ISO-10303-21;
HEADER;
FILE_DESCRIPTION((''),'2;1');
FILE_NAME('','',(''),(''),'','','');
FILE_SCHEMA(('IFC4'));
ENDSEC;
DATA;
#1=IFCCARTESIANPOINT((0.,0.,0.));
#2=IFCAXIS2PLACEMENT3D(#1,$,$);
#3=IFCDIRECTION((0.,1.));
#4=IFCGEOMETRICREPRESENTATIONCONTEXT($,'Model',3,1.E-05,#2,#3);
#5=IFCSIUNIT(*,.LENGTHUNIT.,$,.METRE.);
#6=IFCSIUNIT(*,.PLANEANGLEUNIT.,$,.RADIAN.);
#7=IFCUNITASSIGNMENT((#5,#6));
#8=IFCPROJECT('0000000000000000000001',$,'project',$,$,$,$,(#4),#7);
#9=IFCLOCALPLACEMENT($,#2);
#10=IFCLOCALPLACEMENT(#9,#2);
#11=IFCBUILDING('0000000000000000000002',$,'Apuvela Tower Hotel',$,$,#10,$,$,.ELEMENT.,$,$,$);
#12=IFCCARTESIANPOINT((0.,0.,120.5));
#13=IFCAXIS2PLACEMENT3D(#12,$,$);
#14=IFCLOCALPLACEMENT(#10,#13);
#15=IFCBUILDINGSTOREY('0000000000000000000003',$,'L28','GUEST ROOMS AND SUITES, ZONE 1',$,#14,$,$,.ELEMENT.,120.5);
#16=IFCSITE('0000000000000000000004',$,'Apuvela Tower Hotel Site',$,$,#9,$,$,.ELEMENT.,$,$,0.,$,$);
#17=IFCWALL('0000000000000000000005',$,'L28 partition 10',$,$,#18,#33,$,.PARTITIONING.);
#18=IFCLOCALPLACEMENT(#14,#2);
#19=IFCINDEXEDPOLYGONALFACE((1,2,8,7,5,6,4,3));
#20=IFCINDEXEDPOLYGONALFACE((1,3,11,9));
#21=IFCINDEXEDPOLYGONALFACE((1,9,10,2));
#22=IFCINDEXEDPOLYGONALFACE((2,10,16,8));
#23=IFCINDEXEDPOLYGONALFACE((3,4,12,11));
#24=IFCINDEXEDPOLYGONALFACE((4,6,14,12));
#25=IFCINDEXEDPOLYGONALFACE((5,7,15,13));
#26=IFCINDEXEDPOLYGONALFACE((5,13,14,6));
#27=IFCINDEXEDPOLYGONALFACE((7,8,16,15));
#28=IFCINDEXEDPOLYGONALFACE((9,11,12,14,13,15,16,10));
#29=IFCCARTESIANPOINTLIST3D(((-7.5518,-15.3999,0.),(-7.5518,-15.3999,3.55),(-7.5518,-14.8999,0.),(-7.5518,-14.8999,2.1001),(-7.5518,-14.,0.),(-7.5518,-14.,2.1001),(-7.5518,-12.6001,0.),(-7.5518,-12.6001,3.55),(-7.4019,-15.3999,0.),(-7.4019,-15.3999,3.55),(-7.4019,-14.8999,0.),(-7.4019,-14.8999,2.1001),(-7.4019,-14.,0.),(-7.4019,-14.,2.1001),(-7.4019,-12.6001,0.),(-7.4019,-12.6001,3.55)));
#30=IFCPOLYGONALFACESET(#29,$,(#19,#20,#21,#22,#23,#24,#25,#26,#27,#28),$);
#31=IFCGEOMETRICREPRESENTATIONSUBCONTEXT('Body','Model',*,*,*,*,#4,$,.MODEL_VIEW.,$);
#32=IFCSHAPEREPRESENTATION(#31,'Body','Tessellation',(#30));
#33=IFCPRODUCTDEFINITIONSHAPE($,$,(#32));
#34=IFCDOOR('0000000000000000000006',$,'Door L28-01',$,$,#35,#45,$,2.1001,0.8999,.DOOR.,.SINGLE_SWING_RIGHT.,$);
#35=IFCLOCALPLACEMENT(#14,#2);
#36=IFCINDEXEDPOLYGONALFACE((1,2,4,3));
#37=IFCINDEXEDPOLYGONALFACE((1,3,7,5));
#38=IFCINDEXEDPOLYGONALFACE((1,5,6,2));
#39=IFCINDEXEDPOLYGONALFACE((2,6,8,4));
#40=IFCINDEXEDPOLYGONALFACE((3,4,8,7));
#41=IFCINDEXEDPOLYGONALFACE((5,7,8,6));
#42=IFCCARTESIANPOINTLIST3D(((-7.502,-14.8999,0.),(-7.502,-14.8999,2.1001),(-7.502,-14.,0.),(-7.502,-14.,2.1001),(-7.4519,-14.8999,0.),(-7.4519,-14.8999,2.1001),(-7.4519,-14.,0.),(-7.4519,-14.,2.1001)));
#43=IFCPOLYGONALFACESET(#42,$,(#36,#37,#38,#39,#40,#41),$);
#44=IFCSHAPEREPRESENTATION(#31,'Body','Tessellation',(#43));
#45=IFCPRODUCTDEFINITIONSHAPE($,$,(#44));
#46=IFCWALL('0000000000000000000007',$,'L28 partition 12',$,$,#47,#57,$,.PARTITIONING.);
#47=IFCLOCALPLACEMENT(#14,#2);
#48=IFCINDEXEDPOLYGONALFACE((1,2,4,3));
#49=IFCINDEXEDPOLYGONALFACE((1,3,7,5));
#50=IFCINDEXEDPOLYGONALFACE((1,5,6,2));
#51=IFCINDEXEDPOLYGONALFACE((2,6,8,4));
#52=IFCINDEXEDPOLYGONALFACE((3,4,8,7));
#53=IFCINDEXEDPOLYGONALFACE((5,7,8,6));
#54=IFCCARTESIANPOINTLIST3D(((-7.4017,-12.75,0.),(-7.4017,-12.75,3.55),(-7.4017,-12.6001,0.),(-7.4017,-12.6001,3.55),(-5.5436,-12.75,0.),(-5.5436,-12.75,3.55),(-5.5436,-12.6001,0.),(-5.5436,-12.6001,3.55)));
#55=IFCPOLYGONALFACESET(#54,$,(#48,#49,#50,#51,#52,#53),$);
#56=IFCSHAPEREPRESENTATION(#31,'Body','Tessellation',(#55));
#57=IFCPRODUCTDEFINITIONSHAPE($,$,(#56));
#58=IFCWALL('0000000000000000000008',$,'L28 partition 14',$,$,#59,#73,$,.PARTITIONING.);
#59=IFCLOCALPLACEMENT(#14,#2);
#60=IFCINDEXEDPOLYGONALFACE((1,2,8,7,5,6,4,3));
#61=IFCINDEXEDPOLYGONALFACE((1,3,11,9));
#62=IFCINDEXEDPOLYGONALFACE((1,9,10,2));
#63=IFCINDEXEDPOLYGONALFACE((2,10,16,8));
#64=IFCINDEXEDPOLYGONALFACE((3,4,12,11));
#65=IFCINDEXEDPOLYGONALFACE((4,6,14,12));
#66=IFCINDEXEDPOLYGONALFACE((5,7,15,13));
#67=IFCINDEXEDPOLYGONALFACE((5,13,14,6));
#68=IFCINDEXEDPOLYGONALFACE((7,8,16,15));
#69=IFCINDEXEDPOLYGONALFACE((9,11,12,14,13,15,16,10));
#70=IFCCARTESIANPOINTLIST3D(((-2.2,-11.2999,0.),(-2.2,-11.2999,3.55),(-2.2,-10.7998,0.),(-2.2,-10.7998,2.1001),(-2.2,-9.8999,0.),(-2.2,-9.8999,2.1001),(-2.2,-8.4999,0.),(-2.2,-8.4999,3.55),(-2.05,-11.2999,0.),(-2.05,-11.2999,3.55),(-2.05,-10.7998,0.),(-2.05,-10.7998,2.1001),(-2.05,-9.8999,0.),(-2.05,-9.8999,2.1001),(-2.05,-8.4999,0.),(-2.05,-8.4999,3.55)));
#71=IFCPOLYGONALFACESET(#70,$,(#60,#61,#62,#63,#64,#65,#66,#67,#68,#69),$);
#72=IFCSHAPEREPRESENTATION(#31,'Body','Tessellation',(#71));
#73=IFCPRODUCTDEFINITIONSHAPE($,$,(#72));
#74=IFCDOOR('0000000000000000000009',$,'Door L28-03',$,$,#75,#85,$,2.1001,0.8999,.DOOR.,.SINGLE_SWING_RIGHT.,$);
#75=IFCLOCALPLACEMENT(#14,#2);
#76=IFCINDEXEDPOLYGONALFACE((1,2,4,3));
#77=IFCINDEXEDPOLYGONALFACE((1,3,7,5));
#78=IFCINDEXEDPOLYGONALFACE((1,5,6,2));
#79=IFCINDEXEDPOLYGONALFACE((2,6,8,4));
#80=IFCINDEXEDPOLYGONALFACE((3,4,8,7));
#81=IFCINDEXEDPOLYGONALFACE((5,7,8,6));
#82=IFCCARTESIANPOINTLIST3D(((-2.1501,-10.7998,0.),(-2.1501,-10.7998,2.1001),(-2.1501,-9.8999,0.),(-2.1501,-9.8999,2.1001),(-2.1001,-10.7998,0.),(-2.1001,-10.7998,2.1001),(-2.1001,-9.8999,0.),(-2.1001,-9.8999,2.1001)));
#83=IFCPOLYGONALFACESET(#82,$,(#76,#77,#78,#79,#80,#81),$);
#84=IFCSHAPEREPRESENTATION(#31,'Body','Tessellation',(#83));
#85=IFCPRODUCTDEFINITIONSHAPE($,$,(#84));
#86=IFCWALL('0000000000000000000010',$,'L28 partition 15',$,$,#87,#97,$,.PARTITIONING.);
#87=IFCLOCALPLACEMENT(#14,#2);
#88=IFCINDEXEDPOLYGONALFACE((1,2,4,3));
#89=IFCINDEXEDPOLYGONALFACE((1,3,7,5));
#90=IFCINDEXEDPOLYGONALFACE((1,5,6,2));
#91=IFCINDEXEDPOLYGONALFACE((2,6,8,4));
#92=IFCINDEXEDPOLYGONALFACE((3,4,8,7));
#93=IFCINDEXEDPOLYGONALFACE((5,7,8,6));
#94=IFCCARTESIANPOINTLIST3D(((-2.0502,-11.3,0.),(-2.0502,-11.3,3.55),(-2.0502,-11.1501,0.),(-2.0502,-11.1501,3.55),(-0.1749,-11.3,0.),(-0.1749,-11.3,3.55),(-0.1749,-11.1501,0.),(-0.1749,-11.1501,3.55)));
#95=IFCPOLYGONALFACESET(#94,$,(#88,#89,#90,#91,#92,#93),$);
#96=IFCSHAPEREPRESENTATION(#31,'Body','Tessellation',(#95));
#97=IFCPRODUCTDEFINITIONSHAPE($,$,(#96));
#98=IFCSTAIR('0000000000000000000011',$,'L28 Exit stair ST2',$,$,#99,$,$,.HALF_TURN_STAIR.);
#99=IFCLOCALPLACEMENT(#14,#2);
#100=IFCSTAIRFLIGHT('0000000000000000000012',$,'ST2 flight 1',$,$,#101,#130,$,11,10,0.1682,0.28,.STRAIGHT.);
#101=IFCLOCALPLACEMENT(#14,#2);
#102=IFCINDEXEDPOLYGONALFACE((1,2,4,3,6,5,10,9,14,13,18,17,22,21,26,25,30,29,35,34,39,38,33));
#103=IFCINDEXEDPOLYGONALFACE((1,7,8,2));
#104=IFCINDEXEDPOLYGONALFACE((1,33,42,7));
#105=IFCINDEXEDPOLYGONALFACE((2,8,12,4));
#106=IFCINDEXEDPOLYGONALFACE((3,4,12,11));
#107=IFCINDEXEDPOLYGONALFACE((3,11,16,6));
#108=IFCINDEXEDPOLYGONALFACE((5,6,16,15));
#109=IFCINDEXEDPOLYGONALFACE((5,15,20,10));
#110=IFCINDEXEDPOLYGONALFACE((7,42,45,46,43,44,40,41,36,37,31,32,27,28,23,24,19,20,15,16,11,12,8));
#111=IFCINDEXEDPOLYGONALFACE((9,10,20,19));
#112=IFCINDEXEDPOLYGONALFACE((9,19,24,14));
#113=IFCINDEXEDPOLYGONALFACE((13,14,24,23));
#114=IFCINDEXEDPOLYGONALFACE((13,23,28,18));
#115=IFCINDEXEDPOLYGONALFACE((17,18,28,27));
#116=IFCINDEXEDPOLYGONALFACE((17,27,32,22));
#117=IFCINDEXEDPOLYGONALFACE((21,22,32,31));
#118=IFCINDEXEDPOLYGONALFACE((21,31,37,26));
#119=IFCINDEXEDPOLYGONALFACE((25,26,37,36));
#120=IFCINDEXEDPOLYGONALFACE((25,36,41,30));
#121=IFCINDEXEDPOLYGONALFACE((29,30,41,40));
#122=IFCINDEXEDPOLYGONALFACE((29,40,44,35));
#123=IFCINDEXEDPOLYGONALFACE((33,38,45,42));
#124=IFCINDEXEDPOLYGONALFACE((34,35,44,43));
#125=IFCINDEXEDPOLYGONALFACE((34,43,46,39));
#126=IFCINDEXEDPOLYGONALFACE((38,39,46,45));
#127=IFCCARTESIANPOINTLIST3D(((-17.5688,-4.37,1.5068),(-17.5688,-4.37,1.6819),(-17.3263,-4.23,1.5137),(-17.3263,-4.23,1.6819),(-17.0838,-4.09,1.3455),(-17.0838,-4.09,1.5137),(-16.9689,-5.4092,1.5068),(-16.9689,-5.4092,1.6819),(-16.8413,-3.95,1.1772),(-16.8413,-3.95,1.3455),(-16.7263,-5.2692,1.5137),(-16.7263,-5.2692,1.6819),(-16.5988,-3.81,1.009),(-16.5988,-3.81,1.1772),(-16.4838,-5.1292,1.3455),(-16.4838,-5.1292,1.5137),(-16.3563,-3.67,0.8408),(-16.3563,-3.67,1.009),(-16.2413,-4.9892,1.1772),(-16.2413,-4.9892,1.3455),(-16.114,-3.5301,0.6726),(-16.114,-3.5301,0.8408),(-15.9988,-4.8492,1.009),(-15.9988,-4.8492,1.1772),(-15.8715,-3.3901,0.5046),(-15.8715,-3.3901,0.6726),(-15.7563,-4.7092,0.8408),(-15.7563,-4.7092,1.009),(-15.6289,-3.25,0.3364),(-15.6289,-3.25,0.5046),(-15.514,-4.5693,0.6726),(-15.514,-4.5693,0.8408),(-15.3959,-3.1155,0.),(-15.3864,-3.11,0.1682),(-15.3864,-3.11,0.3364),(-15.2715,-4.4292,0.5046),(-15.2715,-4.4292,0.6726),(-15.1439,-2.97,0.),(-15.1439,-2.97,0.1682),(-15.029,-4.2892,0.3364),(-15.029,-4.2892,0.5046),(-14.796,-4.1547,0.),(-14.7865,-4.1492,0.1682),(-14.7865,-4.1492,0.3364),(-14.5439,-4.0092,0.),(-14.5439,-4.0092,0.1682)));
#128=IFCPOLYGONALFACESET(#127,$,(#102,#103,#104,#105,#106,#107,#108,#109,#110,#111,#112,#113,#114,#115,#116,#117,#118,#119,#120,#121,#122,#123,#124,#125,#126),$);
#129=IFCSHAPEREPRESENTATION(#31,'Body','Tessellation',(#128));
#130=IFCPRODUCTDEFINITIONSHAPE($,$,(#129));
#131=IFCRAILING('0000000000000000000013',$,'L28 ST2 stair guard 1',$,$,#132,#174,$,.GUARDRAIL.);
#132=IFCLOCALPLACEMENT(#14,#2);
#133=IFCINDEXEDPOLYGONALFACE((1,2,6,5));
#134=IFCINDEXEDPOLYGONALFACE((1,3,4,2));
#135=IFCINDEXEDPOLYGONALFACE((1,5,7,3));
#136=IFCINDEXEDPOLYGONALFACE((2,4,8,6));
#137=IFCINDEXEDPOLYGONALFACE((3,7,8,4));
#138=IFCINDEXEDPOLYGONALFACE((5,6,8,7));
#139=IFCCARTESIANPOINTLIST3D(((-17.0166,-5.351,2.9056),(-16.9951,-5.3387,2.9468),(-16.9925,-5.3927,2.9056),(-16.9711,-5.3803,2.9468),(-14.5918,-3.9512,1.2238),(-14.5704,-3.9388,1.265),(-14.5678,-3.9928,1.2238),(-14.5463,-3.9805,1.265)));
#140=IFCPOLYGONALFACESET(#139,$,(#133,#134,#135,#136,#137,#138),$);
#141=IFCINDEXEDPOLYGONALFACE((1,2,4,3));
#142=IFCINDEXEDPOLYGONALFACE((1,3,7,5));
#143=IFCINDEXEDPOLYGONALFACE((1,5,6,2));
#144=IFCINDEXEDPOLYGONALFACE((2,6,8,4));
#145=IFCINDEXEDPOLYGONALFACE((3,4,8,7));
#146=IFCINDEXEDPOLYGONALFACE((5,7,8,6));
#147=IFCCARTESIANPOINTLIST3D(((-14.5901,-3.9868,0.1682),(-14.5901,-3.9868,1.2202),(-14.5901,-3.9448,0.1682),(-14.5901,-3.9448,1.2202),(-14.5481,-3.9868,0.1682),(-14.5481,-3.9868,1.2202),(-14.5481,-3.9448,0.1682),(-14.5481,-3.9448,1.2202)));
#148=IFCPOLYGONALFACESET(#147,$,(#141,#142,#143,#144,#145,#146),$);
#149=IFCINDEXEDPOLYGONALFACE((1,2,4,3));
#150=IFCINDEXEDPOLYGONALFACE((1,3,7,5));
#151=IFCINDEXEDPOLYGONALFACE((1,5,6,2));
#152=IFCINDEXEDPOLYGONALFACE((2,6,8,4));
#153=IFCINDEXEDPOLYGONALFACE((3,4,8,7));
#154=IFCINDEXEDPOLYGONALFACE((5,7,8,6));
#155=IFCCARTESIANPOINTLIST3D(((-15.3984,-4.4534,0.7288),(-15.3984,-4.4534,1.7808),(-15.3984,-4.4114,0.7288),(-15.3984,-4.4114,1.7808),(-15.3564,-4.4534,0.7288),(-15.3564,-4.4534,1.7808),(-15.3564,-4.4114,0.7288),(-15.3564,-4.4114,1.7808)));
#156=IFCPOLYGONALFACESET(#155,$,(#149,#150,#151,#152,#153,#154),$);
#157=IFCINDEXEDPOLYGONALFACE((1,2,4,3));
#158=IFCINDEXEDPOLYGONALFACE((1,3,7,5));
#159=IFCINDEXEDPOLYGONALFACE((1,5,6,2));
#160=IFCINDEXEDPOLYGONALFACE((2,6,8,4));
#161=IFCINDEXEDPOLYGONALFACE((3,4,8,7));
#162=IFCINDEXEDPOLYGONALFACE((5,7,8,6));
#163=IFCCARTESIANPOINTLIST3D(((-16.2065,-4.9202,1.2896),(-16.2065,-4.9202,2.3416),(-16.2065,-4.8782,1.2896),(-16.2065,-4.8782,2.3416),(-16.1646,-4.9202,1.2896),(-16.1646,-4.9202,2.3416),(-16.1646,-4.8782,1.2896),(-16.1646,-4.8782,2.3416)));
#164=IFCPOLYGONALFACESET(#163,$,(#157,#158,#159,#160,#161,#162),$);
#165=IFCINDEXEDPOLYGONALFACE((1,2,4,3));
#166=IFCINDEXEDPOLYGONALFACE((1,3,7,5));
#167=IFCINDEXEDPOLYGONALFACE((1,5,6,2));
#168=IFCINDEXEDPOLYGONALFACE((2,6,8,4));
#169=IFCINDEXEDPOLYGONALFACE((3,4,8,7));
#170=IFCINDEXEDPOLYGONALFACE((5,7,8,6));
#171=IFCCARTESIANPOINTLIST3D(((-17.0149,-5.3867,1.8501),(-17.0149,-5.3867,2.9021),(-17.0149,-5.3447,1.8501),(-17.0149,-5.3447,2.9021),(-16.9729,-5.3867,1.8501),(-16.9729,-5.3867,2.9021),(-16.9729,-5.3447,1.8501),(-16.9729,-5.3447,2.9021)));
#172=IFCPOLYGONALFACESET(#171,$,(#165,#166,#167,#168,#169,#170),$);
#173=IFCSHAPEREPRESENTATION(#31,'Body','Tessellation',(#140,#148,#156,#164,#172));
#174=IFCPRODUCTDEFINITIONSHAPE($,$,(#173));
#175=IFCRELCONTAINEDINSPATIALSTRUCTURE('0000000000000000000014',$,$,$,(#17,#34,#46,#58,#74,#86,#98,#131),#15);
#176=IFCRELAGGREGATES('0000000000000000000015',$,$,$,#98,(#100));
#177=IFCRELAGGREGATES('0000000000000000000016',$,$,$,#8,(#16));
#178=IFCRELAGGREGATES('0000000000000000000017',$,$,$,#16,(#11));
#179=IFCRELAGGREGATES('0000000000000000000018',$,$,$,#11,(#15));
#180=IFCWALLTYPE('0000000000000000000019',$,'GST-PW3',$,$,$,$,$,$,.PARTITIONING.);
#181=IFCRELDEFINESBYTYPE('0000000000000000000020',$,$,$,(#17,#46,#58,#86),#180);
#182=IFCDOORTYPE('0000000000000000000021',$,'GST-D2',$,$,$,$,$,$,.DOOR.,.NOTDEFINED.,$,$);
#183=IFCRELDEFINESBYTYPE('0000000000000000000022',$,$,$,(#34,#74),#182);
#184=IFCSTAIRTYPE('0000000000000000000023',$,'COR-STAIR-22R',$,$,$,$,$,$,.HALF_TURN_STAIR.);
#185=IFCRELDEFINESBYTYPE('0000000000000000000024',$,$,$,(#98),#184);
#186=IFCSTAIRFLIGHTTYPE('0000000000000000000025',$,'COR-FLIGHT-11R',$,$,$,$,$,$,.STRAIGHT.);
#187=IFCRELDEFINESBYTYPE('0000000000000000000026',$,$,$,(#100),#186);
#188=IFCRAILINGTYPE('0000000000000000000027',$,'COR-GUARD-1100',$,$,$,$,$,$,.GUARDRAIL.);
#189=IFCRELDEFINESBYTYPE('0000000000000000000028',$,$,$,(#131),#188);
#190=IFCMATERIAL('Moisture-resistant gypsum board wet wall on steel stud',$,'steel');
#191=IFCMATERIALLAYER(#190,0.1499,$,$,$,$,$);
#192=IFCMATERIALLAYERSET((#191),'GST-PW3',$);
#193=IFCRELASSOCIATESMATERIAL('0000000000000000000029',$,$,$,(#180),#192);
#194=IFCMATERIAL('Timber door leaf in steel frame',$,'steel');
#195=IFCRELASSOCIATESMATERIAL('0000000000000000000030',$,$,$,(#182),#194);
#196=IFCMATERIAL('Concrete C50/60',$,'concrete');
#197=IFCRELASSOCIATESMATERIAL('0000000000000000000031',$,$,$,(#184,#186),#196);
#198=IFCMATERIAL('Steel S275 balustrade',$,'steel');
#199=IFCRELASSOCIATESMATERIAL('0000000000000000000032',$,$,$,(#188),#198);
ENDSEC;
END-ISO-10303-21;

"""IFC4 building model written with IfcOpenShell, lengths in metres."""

from ifc_helpers import new_model, si_unit, direction, frame, frame_2d, origin, origin_2d, place, context, subcontext, project, spatial, polyline, rectangle, outline, extrude, material, layer, layer_set, type_object, element, fill, aggregate, save


model = new_model("IFC4")

# Units and contexts
model_context = context("Model", 3, precision=1e-05, world=origin(), true_north=direction((0.0, 1.0)))
body_context = subcontext(model_context, "Body", "Model", "MODEL_VIEW")
ifc_project = project(units=[si_unit("LENGTHUNIT", "METRE"), si_unit("PLANEANGLEUNIT", "RADIAN")], contexts=[model_context])

# Site, building, storey
site_placement = place(None, origin())
site = spatial("IfcSite", under=ifc_project, at=site_placement, Name="Apuvela Tower Hotel Site", CompositionType="ELEMENT", RefElevation=0.0)
building_placement = place(site_placement, origin())
building = spatial("IfcBuilding", under=site, at=building_placement, Name="Apuvela Tower Hotel", CompositionType="ELEMENT")
storey_placement = place(building_placement, frame((0.0, 0.0, 120.5)))
storey = spatial("IfcBuildingStorey", under=building, at=storey_placement, Name="L28", Description="GUEST ROOMS AND SUITES, ZONE 1", CompositionType="ELEMENT", Elevation=120.5)

# Shared definitions
ifc_material_1 = material(Name="Concrete C50/60", Category="concrete")

# Wall, opening, door
ifc_material_2 = material(Name="Timber door leaf in steel frame", Category="steel")
ifc_material_3 = material(Name="Moisture-resistant gypsum board wet wall on steel stud", Category="steel")
ifc_layer_1 = layer(ifc_material_3, 0.1499)
ifc_layer_set_1 = layer_set([ifc_layer_1], Name="GST-PW3")
wall_type_1 = type_object("IfcWallType", Name="GST-PW3", PredefinedType="PARTITIONING", material=ifc_layer_set_1)
wall_1_placement = place(storey_placement, frame((-7.4768, -12.6001, 0.0), z_axis=(0.0, 0.0, 1.0), x_axis=(0.0, -1.0, 0.0)))
wall_1 = element("IfcWall", 1, at=wall_1_placement, inside=storey, type_object=wall_type_1, Name="L28 partition 10", PredefinedType="PARTITIONING", context=body_context, shape_type="SweptSolid", body=[
    extrude(rectangle(XDim=2.7998, YDim=0.1499, at=frame_2d((1.3999, 0.0))), origin(), (0.0, 0.0, 1.0), 3.55),
])
opening_1_placement = place(wall_1_placement, frame((1.3999, 0.0, 0.0)))
opening_1 = element("IfcOpeningElement", 2, at=opening_1_placement, cuts=wall_1, PredefinedType="OPENING", context=body_context, shape_type="SweptSolid", body=[
    extrude(rectangle(XDim=0.8999, YDim=2.1001, at=frame_2d((0.45, 1.05))), frame((0.0, 0.085, 0.0), z_axis=(0.0, -1.0, 0.0), x_axis=(1.0, 0.0, 0.0)), (0.0, 0.0, 1.0), 0.1699),
])
door_type_1 = type_object("IfcDoorType", Name="GST-D2", OperationType="NOTDEFINED", PredefinedType="DOOR", material=ifc_material_2)
door_1_placement = place(opening_1_placement, origin())
door_1 = element("IfcDoor", 3, at=door_1_placement, inside=storey, type_object=door_type_1, Name="Door L28-01", OperationType="SINGLE_SWING_RIGHT", OverallHeight=2.1001, OverallWidth=0.8999, PredefinedType="DOOR", context=body_context, shape_type="SweptSolid", body=[
    extrude(rectangle(XDim=0.8999, YDim=2.1001, at=frame_2d((0.45, 1.05))), frame((0.0, 0.0249, 0.0), z_axis=(0.0, -1.0, 0.0), x_axis=(1.0, 0.0, 0.0)), (0.0, 0.0, 1.0), 0.05),
])
fill(opening_1, door_1)

# Wall
wall_2_placement = place(storey_placement, frame((-7.4019, -12.675, 0.0), z_axis=(0.0, 0.0, 1.0), x_axis=(1.0, 0.0, 0.0)))
element("IfcWall", 4, at=wall_2_placement, inside=storey, type_object=wall_type_1, Name="L28 partition 12", PredefinedType="PARTITIONING", context=body_context, shape_type="SweptSolid", body=[
    extrude(rectangle(XDim=1.8582, YDim=0.1499, at=frame_2d((0.9292, 0.0))), origin(), (0.0, 0.0, 1.0), 3.55),
])

# Wall, opening, door
wall_3_placement = place(storey_placement, frame((-2.125, -8.5, 0.0), z_axis=(0.0, 0.0, 1.0), x_axis=(0.0, -1.0, 0.0)))
wall_3 = element("IfcWall", 5, at=wall_3_placement, inside=storey, type_object=wall_type_1, Name="L28 partition 14", PredefinedType="PARTITIONING", context=body_context, shape_type="SweptSolid", body=[
    extrude(rectangle(XDim=2.8, YDim=0.1499, at=frame_2d((1.3999, 0.0))), origin(), (0.0, 0.0, 1.0), 3.55),
])
opening_2_placement = place(wall_3_placement, frame((1.3999, 0.0, 0.0)))
opening_2 = element("IfcOpeningElement", 6, at=opening_2_placement, cuts=wall_3, PredefinedType="OPENING", context=body_context, shape_type="SweptSolid", body=[
    extrude(rectangle(XDim=0.8999, YDim=2.1001, at=frame_2d((0.45, 1.05))), frame((0.0, 0.085, 0.0), z_axis=(0.0, -1.0, 0.0), x_axis=(1.0, 0.0, 0.0)), (0.0, 0.0, 1.0), 0.1699),
])
door_2_placement = place(opening_2_placement, origin())
door_2 = element("IfcDoor", 7, at=door_2_placement, inside=storey, type_object=door_type_1, Name="Door L28-03", OperationType="SINGLE_SWING_RIGHT", OverallHeight=2.1001, OverallWidth=0.8999, PredefinedType="DOOR", context=body_context, shape_type="SweptSolid", body=[
    extrude(rectangle(XDim=0.8999, YDim=2.1001, at=frame_2d((0.45, 1.05))), frame((0.0, 0.0249, 0.0), z_axis=(0.0, -1.0, 0.0), x_axis=(1.0, 0.0, 0.0)), (0.0, 0.0, 1.0), 0.05),
])
fill(opening_2, door_2)

# Wall
wall_4_placement = place(storey_placement, frame((-2.05, -11.2251, 0.0), z_axis=(0.0, 0.0, 1.0), x_axis=(1.0, 0.0, 0.0)))
element("IfcWall", 8, at=wall_4_placement, inside=storey, type_object=wall_type_1, Name="L28 partition 15", PredefinedType="PARTITIONING", context=body_context, shape_type="SweptSolid", body=[
    extrude(rectangle(XDim=1.8752, YDim=0.1499, at=frame_2d((0.9375, 0.0))), origin(), (0.0, 0.0, 1.0), 3.55),
])

# Stair, stair flight
stair_type = type_object("IfcStairType", Name="COR-STAIR-22R", PredefinedType="HALF_TURN_STAIR", material=ifc_material_1)
stair_placement = place(storey_placement, origin())
stair = element("IfcStair", 9, at=stair_placement, inside=storey, type_object=stair_type, Name="L28 Exit stair ST2", PredefinedType="HALF_TURN_STAIR")
stair_flight_type = type_object("IfcStairFlightType", Name="COR-FLIGHT-11R", PredefinedType="STRAIGHT", material=ifc_material_1)
stair_flight_placement = place(storey_placement, frame((-14.844, -3.4895, 0.0), z_axis=(0.0, 0.0, 1.0), x_axis=(-0.866025, -0.5, 0.0)))
stair_flight = element("IfcStairFlight", 10, at=stair_flight_placement, type_object=stair_flight_type, Name="ST2 flight 1", NumberOfRisers=11, NumberOfTreads=10, PredefinedType="STRAIGHT", RiserHeight=0.1682, TreadLength=0.28, context=body_context, shape_type="SweptSolid", body=[
    extrude(outline(polyline([(0.0, 0.0), (0.0, 0.1682), (0.28, 0.1682), (0.28, 0.3364), (0.5601, 0.3364), (0.5601, 0.5046), (0.8401, 0.5046), (0.8401, 0.6726), (1.1201, 0.6726), (1.1201, 0.8408), (1.3999, 0.8408), (1.3999, 1.009), (1.6799, 1.009), (1.6799, 1.1772), (1.96, 1.1772), (1.96, 1.3455), (2.24, 1.3455), (2.24, 1.5137), (2.52, 1.5137), (2.52, 1.6819), (2.8, 1.6819), (2.8, 1.8501), (2.8, 1.5068), (0.291, 0.0), (0.0, 0.0)])), frame((0.0, 0.6001, 0.0), z_axis=(0.0, -1.0, 0.0), x_axis=(1.0, 0.0, 0.0)), (0.0, 0.0, 1.0), 1.2),
])
aggregate(stair, [stair_flight])

# Railing
ifc_material_4 = material(Name="Steel S275 balustrade", Category="steel")
railing_type_1 = type_object("IfcRailingType", Name="COR-GUARD-1100", PredefinedType="GUARDRAIL", material=ifc_material_4)
railing_1_placement = place(storey_placement, frame((-14.5691, -3.9658, 0.1682)))
element("IfcRailing", 11, at=railing_1_placement, inside=storey, type_object=railing_type_1, Name="L28 ST2 stair guard 1", PredefinedType="GUARDRAIL", context=body_context, shape_type="SweptSolid", body=[
    extrude(rectangle(XDim=0.0481, YDim=0.0481, at=origin_2d()), frame((0.0, 0.0, 1.0762), z_axis=(-0.74239, -0.428601, 0.514934), x_axis=(0.499984, -0.866035, 0.0)), (0.0, 0.0, 1.0), 3.2661),
    extrude(rectangle(XDim=0.042, YDim=0.042, at=origin_2d()), origin(), (0.0, 0.0, 1.0), 1.052),
    extrude(rectangle(XDim=0.042, YDim=0.042, at=origin_2d()), frame((-0.8083, -0.4666, 0.5605)), (0.0, 0.0, 1.0), 1.052),
    extrude(rectangle(XDim=0.042, YDim=0.042, at=origin_2d()), frame((-1.6165, -0.9333, 1.1213)), (0.0, 0.0, 1.0), 1.052),
    extrude(rectangle(XDim=0.042, YDim=0.042, at=origin_2d()), frame((-2.4248, -1.3999, 1.6819)), (0.0, 0.0, 1.0), 1.052),
])

save(model, "model.ifc")
